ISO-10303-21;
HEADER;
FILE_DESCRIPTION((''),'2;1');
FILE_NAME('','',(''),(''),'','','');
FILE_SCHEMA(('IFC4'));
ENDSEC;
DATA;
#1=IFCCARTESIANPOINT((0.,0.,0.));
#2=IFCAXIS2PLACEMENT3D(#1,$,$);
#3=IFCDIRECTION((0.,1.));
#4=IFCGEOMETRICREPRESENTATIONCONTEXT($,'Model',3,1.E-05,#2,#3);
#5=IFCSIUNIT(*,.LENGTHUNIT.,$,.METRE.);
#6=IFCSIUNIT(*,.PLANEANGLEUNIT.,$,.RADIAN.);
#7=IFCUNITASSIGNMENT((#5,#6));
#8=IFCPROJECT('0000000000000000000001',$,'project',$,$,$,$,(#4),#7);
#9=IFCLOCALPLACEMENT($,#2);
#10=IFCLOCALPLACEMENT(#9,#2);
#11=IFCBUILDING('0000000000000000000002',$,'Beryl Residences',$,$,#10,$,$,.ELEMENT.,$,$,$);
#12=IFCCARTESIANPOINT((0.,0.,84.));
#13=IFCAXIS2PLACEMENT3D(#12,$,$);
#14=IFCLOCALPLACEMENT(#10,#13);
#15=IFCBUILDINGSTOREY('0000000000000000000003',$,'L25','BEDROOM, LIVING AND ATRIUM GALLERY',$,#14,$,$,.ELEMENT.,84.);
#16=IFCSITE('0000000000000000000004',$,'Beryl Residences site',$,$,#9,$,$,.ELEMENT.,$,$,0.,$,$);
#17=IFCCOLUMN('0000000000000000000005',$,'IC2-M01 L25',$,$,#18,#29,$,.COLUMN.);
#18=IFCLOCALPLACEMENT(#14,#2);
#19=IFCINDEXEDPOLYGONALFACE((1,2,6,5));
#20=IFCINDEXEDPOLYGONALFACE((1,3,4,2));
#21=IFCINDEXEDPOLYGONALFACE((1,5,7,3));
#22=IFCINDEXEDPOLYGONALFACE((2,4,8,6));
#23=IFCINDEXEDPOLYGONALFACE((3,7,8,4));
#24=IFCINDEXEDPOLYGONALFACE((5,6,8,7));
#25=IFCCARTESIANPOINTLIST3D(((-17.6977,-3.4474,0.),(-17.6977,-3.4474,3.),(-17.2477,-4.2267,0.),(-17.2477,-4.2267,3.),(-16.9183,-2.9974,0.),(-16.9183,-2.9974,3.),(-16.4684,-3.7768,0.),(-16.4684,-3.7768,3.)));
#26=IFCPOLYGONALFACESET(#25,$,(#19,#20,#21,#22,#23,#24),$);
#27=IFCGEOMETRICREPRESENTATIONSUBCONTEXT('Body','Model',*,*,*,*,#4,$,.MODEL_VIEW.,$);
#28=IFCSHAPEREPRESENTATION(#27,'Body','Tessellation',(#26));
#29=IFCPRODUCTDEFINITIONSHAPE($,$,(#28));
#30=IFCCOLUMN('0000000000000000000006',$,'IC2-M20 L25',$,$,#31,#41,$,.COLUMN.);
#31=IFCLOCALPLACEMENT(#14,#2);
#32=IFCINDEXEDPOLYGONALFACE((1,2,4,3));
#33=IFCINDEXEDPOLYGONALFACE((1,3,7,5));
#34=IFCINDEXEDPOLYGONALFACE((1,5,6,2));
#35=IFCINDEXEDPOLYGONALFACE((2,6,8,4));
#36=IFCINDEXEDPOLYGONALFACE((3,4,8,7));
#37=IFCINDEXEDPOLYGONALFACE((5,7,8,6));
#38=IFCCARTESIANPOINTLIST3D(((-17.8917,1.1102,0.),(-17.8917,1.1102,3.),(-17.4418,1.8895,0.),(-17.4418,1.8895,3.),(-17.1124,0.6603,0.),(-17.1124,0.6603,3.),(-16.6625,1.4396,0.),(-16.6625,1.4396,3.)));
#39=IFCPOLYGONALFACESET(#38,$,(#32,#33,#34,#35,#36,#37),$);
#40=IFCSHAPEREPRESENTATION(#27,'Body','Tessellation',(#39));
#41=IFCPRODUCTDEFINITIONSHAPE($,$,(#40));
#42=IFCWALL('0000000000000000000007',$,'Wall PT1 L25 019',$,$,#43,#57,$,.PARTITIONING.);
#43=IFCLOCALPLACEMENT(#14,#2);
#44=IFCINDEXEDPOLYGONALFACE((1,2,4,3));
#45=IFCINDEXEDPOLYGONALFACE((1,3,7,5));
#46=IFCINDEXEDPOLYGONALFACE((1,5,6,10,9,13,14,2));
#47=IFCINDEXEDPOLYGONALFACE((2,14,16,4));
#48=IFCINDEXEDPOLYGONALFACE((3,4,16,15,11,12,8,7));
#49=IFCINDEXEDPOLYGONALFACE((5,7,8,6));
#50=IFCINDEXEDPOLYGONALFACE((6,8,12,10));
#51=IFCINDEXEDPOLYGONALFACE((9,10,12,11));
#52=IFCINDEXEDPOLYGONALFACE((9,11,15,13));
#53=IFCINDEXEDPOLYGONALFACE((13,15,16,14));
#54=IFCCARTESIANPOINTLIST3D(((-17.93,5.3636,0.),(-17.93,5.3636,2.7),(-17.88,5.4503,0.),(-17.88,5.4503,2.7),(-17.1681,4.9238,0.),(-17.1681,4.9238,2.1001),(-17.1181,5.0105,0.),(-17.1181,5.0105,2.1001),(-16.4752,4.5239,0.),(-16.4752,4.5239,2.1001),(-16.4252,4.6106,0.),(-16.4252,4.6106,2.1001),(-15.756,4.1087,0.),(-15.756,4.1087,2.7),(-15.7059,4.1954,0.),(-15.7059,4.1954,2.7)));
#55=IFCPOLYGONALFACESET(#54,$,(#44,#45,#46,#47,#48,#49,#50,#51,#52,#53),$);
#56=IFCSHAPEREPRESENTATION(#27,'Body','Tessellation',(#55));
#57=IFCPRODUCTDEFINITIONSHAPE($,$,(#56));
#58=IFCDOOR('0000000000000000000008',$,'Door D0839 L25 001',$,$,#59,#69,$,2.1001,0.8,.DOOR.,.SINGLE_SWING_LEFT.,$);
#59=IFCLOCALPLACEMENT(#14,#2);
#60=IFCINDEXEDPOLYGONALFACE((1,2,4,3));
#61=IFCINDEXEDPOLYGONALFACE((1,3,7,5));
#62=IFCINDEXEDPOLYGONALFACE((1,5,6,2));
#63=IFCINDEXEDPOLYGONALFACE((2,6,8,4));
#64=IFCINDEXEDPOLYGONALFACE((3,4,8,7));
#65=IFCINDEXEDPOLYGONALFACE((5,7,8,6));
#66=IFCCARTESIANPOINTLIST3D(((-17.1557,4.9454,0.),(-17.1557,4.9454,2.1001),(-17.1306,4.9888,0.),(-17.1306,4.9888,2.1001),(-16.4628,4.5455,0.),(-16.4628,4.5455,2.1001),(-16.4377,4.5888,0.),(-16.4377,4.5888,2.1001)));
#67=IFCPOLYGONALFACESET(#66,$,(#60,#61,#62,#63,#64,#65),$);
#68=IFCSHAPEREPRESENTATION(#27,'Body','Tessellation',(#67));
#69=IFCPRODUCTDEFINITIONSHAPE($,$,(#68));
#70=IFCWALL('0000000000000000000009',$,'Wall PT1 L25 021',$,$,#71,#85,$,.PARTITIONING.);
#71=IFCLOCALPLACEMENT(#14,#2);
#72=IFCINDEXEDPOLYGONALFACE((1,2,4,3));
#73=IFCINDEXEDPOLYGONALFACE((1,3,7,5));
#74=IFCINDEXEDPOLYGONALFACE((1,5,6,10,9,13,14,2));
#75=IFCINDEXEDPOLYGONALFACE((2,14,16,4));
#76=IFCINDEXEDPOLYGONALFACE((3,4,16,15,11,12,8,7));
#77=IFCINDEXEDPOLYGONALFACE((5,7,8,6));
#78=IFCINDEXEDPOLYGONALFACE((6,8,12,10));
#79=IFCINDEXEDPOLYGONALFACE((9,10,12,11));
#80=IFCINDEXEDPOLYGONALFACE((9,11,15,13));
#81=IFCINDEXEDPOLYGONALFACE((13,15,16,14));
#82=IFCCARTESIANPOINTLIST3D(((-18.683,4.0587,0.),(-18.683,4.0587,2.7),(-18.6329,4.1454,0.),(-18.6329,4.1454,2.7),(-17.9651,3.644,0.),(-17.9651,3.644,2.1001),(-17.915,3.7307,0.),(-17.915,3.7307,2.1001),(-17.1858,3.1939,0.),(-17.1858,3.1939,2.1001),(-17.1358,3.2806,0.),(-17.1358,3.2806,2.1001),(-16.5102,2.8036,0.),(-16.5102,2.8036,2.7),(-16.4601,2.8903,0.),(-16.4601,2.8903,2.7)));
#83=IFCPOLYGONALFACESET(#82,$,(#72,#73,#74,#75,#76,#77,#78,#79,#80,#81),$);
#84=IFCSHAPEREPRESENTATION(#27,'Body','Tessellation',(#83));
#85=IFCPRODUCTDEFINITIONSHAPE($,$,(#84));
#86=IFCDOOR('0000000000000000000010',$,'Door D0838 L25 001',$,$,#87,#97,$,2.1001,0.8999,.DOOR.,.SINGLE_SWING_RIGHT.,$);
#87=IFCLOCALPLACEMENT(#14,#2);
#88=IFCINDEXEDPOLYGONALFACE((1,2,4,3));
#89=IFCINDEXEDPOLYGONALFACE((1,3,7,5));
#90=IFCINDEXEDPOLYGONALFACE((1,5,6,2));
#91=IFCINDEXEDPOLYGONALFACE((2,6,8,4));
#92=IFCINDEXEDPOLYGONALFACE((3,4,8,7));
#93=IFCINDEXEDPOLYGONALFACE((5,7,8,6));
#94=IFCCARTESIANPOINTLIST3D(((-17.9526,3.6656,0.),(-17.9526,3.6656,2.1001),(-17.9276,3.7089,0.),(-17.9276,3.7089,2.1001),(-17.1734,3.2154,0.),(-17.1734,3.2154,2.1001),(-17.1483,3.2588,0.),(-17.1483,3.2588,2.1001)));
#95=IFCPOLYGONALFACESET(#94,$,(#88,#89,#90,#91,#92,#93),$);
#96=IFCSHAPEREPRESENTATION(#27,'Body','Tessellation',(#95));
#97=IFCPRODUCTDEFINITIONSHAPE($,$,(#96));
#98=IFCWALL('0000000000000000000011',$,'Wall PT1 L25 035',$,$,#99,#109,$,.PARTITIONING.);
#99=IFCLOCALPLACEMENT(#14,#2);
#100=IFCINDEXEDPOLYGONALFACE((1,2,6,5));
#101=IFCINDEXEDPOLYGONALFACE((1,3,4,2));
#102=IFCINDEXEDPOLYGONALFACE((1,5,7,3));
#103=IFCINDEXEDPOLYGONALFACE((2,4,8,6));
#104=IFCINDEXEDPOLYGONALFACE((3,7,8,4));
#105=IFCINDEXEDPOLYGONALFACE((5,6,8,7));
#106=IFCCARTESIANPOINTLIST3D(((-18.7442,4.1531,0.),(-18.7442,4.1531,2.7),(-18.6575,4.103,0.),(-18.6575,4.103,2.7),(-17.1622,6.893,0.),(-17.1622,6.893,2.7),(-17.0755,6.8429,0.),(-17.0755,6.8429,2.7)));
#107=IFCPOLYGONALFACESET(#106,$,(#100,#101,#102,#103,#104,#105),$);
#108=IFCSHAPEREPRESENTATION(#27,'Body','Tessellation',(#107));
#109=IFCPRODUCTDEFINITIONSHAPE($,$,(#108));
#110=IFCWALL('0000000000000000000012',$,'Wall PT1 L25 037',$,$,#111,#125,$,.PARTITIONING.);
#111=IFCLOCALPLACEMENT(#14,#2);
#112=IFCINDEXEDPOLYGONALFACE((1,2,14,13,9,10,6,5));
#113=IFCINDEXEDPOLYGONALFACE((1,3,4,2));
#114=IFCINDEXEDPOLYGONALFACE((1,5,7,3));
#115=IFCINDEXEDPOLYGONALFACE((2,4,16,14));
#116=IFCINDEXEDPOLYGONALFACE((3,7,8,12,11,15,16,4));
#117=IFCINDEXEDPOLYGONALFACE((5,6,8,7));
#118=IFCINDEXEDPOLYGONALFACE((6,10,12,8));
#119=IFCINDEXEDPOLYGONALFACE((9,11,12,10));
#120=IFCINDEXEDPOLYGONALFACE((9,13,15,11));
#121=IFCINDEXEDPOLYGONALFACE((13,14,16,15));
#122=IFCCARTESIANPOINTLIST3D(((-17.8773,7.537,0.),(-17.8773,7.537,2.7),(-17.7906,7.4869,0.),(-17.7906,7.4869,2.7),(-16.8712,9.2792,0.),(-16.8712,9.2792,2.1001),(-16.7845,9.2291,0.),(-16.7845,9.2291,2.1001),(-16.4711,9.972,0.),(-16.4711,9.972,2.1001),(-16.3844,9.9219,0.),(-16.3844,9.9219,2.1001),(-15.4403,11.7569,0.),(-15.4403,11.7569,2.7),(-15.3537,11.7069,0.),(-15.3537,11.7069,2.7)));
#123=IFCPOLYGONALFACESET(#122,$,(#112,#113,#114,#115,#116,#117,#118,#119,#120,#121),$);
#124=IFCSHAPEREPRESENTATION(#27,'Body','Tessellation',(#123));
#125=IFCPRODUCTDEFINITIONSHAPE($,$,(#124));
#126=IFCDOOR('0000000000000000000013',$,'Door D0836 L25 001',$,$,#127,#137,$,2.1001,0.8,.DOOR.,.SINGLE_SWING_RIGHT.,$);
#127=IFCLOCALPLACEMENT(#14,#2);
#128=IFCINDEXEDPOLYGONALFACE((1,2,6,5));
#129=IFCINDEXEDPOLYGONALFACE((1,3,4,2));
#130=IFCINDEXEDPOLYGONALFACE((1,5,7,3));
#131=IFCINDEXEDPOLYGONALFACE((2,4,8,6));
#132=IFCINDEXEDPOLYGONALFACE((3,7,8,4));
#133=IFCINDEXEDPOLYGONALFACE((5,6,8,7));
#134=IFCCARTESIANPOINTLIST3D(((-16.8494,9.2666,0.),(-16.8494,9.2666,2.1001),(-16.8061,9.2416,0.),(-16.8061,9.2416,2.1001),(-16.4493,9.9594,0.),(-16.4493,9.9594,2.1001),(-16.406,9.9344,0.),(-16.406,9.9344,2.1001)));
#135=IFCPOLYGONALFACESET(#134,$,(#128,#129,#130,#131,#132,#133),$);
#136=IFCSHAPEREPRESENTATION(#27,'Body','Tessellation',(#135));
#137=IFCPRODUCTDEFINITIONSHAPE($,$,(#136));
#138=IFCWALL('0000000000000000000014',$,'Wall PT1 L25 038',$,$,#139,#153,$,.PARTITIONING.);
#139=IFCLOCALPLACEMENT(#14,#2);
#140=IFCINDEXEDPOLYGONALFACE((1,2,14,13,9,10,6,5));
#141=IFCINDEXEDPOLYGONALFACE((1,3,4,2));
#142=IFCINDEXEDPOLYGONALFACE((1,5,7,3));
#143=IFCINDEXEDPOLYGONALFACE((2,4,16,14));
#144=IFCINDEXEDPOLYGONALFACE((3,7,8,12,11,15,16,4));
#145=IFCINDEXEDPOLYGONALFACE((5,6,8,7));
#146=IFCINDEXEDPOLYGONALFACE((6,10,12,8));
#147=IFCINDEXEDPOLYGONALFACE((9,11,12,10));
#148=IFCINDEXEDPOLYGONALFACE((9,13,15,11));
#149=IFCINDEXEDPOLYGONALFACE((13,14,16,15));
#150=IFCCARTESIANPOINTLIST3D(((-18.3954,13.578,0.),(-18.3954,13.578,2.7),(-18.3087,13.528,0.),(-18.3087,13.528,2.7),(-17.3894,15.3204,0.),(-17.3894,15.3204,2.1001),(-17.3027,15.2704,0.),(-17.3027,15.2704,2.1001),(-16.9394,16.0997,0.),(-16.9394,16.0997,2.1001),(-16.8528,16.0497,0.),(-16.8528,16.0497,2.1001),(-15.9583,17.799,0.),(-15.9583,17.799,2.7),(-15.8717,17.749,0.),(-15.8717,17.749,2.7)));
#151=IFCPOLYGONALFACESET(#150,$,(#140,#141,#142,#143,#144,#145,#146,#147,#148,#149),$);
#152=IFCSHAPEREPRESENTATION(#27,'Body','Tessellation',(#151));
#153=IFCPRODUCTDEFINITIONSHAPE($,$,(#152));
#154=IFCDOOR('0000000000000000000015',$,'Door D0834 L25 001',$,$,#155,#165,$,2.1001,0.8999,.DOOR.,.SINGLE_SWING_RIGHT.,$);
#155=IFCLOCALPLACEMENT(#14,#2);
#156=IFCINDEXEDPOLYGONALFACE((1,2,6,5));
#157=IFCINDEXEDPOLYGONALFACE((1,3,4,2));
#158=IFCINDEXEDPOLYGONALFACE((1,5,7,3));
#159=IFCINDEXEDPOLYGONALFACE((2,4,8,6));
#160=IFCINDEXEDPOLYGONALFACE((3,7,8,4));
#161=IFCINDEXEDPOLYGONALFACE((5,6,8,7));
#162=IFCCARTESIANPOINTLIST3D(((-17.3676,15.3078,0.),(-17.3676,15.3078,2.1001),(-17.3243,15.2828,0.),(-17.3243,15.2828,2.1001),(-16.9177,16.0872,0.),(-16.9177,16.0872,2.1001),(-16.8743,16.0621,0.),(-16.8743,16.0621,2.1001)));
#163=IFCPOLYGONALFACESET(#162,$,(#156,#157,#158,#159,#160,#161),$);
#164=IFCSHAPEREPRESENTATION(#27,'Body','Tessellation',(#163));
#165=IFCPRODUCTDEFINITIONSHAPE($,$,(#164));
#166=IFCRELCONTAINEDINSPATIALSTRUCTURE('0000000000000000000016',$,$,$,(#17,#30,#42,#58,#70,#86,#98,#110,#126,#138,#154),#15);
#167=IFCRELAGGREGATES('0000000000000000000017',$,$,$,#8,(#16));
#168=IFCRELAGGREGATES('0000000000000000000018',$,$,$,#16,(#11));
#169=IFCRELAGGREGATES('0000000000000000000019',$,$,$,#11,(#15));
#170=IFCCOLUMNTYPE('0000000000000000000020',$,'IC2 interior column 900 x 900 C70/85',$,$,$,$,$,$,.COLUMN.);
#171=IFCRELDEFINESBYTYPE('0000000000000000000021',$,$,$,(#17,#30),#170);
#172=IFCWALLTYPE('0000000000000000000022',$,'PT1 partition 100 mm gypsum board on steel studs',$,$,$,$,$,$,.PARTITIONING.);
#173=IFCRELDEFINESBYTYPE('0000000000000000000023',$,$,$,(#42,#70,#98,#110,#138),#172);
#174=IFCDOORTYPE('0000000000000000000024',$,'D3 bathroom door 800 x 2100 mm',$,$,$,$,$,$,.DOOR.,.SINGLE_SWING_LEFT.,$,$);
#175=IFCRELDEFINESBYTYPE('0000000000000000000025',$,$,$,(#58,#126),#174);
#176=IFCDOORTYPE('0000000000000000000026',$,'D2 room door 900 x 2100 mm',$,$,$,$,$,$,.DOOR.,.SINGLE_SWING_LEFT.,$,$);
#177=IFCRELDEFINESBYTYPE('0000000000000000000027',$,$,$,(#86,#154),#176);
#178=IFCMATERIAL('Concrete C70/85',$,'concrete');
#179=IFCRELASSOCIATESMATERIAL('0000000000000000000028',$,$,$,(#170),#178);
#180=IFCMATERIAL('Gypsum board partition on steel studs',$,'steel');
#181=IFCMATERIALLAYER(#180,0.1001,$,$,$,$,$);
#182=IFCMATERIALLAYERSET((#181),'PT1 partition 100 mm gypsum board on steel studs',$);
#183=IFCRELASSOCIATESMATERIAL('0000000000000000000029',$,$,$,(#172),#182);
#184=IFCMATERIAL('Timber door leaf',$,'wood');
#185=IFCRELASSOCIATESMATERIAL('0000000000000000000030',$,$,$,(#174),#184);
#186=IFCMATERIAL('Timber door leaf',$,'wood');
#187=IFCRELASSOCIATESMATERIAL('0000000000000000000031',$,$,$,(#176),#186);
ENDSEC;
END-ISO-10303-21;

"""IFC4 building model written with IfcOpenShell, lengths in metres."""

from ifc_helpers import new_model, si_unit, direction, frame, frame_2d, origin, origin_2d, place, context, subcontext, project, spatial, rectangle, extrude, material, layer, layer_set, material_profile, profile_set, type_object, element, fill, save


model = new_model("IFC4")

# Units and contexts
model_context = context("Model", 3, precision=1e-05, world=origin(), true_north=direction((0.0, 1.0)))
body_context = subcontext(model_context, "Body", "Model", "MODEL_VIEW")
ifc_project = project(units=[si_unit("LENGTHUNIT", "METRE"), si_unit("PLANEANGLEUNIT", "RADIAN")], contexts=[model_context])

# Site, building, storey
site_placement = place(None, origin())
site = spatial("IfcSite", under=ifc_project, at=site_placement, Name="Beryl Residences site", CompositionType="ELEMENT", RefElevation=0.0)
building_placement = place(site_placement, origin())
building = spatial("IfcBuilding", under=site, at=building_placement, Name="Beryl Residences", CompositionType="ELEMENT")
storey_placement = place(building_placement, frame((0.0, 0.0, 84.0)))
storey = spatial("IfcBuildingStorey", under=building, at=storey_placement, Name="L25", Description="BEDROOM, LIVING AND ATRIUM GALLERY", CompositionType="ELEMENT", Elevation=84.0)

# Columns
ifc_material_1 = material(Name="Concrete C70/85", Category="concrete")
ifc_material_profile = material_profile(ifc_material_1, rectangle(XDim=0.8999, YDim=0.8999, at=origin_2d()))
ifc_profile_set = profile_set([ifc_material_profile], Name="Concrete C70/85")
column_type = type_object("IfcColumnType", Name="IC2 interior column 900 x 900 C70/85", PredefinedType="COLUMN", material=ifc_profile_set)
for number, where, z_axis, x_axis, name in (
    (1, (-17.083, -3.6121, 0.0), (0.0, 0.0, 1.0), (0.5, -0.866025, 0.0), "IC2-M01 L25"),
    (2, (-17.2771, 1.2749, 0.0), (0.0, 0.0, 1.0), (-0.5, -0.866025, 0.0), "IC2-M20 L25"),
):
    element("IfcColumn", number, at=place(storey_placement, frame(where, z_axis=z_axis, x_axis=x_axis)), inside=storey, type_object=column_type, Name=name, PredefinedType="COLUMN", context=body_context, shape_type="SweptSolid", body=[
        extrude(rectangle(XDim=0.8999, YDim=0.8999, at=origin_2d()), origin(), (0.0, 0.0, 1.0), 3.0),
    ])

# Walls, openings, doors
ifc_material_2 = material(Name="Gypsum board partition on steel studs", Category="steel")
ifc_layer_1 = layer(ifc_material_2, 0.1001)
ifc_layer_set_1 = layer_set([ifc_layer_1], Name="PT1 partition 100 mm gypsum board on steel studs")
wall_type_1 = type_object("IfcWallType", Name="PT1 partition 100 mm gypsum board on steel studs", PredefinedType="PARTITIONING", material=ifc_layer_set_1)
wall_1_placement = place(storey_placement, frame((-17.905, 5.407, 0.0), z_axis=(0.0, 0.0, 1.0), x_axis=(0.86608, -0.499905, 0.0)))
wall_1 = element("IfcWall", 3, at=wall_1_placement, inside=storey, type_object=wall_type_1, Name="Wall PT1 L25 019", PredefinedType="PARTITIONING", context=body_context, shape_type="SweptSolid", body=[
    extrude(rectangle(XDim=2.5103, YDim=0.1001, at=frame_2d((1.2551, 0.0))), origin(), (0.0, 0.0, 1.0), 2.7),
])
opening_1_placement = place(wall_1_placement, frame((0.8799, 0.0, 0.0)))
opening_1 = element("IfcOpeningElement", 4, at=opening_1_placement, cuts=wall_1, PredefinedType="OPENING", context=body_context, shape_type="SweptSolid", body=[
    extrude(rectangle(XDim=0.8, YDim=2.1001, at=frame_2d((0.3999, 1.05))), frame((0.0, 0.0601, 0.0), z_axis=(0.0, -1.0, 0.0), x_axis=(1.0, 0.0, 0.0)), (0.0, 0.0, 1.0), 0.1201),
])
ifc_material_3 = material(Name="Timber door leaf", Category="wood")
door_type_1 = type_object("IfcDoorType", Name="D3 bathroom door 800 x 2100 mm", OperationType="SINGLE_SWING_LEFT", PredefinedType="DOOR", material=ifc_material_3)
door_1_placement = place(opening_1_placement, origin())
door_1 = element("IfcDoor", 5, at=door_1_placement, inside=storey, type_object=door_type_1, Name="Door D0839 L25 001", OperationType="SINGLE_SWING_LEFT", OverallHeight=2.1001, OverallWidth=0.8, PredefinedType="DOOR", context=body_context, shape_type="SweptSolid", body=[
    extrude(rectangle(XDim=0.8, YDim=2.1001, at=frame_2d((0.3999, 1.05))), frame((0.0, 0.0249, 0.0), z_axis=(0.0, -1.0, 0.0), x_axis=(1.0, 0.0, 0.0)), (0.0, 0.0, 1.0), 0.05),
])
fill(opening_1, door_1)
wall_2_placement = place(storey_placement, frame((-18.658, 4.1021, 0.0), z_axis=(0.0, 0.0, 1.0), x_axis=(0.865917, -0.500188, 0.0)))
wall_2 = element("IfcWall", 6, at=wall_2_placement, inside=storey, type_object=wall_type_1, Name="Wall PT1 L25 021", PredefinedType="PARTITIONING", context=body_context, shape_type="SweptSolid", body=[
    extrude(rectangle(XDim=2.5093, YDim=0.1001, at=frame_2d((1.2546, 0.0))), origin(), (0.0, 0.0, 1.0), 2.7),
])
opening_2_placement = place(wall_2_placement, frame((0.8291, 0.0, 0.0)))
opening_2 = element("IfcOpeningElement", 7, at=opening_2_placement, cuts=wall_2, PredefinedType="OPENING", context=body_context, shape_type="SweptSolid", body=[
    extrude(rectangle(XDim=0.8999, YDim=2.1001, at=frame_2d((0.45, 1.05))), frame((0.0, 0.0601, 0.0), z_axis=(0.0, -1.0, 0.0), x_axis=(1.0, 0.0, 0.0)), (0.0, 0.0, 1.0), 0.1201),
])
ifc_material_4 = material(Name="Timber door leaf", Category="wood")
door_type_2 = type_object("IfcDoorType", Name="D2 room door 900 x 2100 mm", OperationType="SINGLE_SWING_LEFT", PredefinedType="DOOR", material=ifc_material_4)
door_2_placement = place(opening_2_placement, origin())
door_2 = element("IfcDoor", 8, at=door_2_placement, inside=storey, type_object=door_type_2, Name="Door D0838 L25 001", OperationType="SINGLE_SWING_RIGHT", OverallHeight=2.1001, OverallWidth=0.8999, PredefinedType="DOOR", context=body_context, shape_type="SweptSolid", body=[
    extrude(rectangle(XDim=0.8999, YDim=2.1001, at=frame_2d((0.45, 1.05))), frame((0.0, 0.0249, 0.0), z_axis=(0.0, -1.0, 0.0), x_axis=(1.0, 0.0, 0.0)), (0.0, 0.0, 1.0), 0.05),
])
fill(opening_2, door_2)

# Wall
wall_3_placement = place(storey_placement, frame((-18.7009, 4.1279, 0.0), z_axis=(0.0, 0.0, 1.0), x_axis=(0.500023, 0.866012, 0.0)))
element("IfcWall", 9, at=wall_3_placement, inside=storey, type_object=wall_type_1, Name="Wall PT1 L25 035", PredefinedType="PARTITIONING", context=body_context, shape_type="SweptSolid", body=[
    extrude(rectangle(XDim=3.1638, YDim=0.1001, at=frame_2d((1.582, 0.0))), origin(), (0.0, 0.0, 1.0), 2.7),
])

# Walls, openings, doors
wall_4_placement = place(storey_placement, frame((-17.834, 7.512, 0.0), z_axis=(0.0, 0.0, 1.0), x_axis=(0.500094, 0.865971, 0.0)))
wall_4 = element("IfcWall", 10, at=wall_4_placement, inside=storey, type_object=wall_type_1, Name="Wall PT1 L25 037", PredefinedType="PARTITIONING", context=body_context, shape_type="SweptSolid", body=[
    extrude(rectangle(XDim=4.873, YDim=0.1001, at=frame_2d((2.4365, 0.0))), origin(), (0.0, 0.0, 1.0), 2.7),
])
opening_3_placement = place(wall_4_placement, frame((2.012, 0.0, 0.0)))
opening_3 = element("IfcOpeningElement", 11, at=opening_3_placement, cuts=wall_4, PredefinedType="OPENING", context=body_context, shape_type="SweptSolid", body=[
    extrude(rectangle(XDim=0.8, YDim=2.1001, at=frame_2d((0.3999, 1.05))), frame((0.0, 0.0601, 0.0), z_axis=(0.0, -1.0, 0.0), x_axis=(1.0, 0.0, 0.0)), (0.0, 0.0, 1.0), 0.1201),
])
door_3_placement = place(opening_3_placement, origin())
door_3 = element("IfcDoor", 12, at=door_3_placement, inside=storey, type_object=door_type_1, Name="Door D0836 L25 001", OperationType="SINGLE_SWING_RIGHT", OverallHeight=2.1001, OverallWidth=0.8, PredefinedType="DOOR", context=body_context, shape_type="SweptSolid", body=[
    extrude(rectangle(XDim=0.8, YDim=2.1001, at=frame_2d((0.3999, 1.05))), frame((0.0, 0.0249, 0.0), z_axis=(0.0, -1.0, 0.0), x_axis=(1.0, 0.0, 0.0)), (0.0, 0.0, 1.0), 0.05),
])
fill(opening_3, door_3)
wall_5_placement = place(storey_placement, frame((-18.3521, 13.553, 0.0), z_axis=(0.0, 0.0, 1.0), x_axis=(0.500007, 0.866021, 0.0)))
wall_5 = element("IfcWall", 13, at=wall_5_placement, inside=storey, type_object=wall_type_1, Name="Wall PT1 L25 038", PredefinedType="PARTITIONING", context=body_context, shape_type="SweptSolid", body=[
    extrude(rectangle(XDim=4.874, YDim=0.1001, at=frame_2d((2.437, 0.0))), origin(), (0.0, 0.0, 1.0), 2.7),
])
opening_4_placement = place(wall_5_placement, frame((2.012, 0.0, 0.0)))
opening_4 = element("IfcOpeningElement", 14, at=opening_4_placement, cuts=wall_5, PredefinedType="OPENING", context=body_context, shape_type="SweptSolid", body=[
    extrude(rectangle(XDim=0.8999, YDim=2.1001, at=frame_2d((0.45, 1.05))), frame((0.0, 0.0601, 0.0), z_axis=(0.0, -1.0, 0.0), x_axis=(1.0, 0.0, 0.0)), (0.0, 0.0, 1.0), 0.1201),
])
door_4_placement = place(opening_4_placement, origin())
door_4 = element("IfcDoor", 15, at=door_4_placement, inside=storey, type_object=door_type_2, Name="Door D0834 L25 001", OperationType="SINGLE_SWING_RIGHT", OverallHeight=2.1001, OverallWidth=0.8999, PredefinedType="DOOR", context=body_context, shape_type="SweptSolid", body=[
    extrude(rectangle(XDim=0.8999, YDim=2.1001, at=frame_2d((0.45, 1.05))), frame((0.0, 0.0249, 0.0), z_axis=(0.0, -1.0, 0.0), x_axis=(1.0, 0.0, 0.0)), (0.0, 0.0, 1.0), 0.05),
])
fill(opening_4, door_4)

save(model, "model.ifc")
